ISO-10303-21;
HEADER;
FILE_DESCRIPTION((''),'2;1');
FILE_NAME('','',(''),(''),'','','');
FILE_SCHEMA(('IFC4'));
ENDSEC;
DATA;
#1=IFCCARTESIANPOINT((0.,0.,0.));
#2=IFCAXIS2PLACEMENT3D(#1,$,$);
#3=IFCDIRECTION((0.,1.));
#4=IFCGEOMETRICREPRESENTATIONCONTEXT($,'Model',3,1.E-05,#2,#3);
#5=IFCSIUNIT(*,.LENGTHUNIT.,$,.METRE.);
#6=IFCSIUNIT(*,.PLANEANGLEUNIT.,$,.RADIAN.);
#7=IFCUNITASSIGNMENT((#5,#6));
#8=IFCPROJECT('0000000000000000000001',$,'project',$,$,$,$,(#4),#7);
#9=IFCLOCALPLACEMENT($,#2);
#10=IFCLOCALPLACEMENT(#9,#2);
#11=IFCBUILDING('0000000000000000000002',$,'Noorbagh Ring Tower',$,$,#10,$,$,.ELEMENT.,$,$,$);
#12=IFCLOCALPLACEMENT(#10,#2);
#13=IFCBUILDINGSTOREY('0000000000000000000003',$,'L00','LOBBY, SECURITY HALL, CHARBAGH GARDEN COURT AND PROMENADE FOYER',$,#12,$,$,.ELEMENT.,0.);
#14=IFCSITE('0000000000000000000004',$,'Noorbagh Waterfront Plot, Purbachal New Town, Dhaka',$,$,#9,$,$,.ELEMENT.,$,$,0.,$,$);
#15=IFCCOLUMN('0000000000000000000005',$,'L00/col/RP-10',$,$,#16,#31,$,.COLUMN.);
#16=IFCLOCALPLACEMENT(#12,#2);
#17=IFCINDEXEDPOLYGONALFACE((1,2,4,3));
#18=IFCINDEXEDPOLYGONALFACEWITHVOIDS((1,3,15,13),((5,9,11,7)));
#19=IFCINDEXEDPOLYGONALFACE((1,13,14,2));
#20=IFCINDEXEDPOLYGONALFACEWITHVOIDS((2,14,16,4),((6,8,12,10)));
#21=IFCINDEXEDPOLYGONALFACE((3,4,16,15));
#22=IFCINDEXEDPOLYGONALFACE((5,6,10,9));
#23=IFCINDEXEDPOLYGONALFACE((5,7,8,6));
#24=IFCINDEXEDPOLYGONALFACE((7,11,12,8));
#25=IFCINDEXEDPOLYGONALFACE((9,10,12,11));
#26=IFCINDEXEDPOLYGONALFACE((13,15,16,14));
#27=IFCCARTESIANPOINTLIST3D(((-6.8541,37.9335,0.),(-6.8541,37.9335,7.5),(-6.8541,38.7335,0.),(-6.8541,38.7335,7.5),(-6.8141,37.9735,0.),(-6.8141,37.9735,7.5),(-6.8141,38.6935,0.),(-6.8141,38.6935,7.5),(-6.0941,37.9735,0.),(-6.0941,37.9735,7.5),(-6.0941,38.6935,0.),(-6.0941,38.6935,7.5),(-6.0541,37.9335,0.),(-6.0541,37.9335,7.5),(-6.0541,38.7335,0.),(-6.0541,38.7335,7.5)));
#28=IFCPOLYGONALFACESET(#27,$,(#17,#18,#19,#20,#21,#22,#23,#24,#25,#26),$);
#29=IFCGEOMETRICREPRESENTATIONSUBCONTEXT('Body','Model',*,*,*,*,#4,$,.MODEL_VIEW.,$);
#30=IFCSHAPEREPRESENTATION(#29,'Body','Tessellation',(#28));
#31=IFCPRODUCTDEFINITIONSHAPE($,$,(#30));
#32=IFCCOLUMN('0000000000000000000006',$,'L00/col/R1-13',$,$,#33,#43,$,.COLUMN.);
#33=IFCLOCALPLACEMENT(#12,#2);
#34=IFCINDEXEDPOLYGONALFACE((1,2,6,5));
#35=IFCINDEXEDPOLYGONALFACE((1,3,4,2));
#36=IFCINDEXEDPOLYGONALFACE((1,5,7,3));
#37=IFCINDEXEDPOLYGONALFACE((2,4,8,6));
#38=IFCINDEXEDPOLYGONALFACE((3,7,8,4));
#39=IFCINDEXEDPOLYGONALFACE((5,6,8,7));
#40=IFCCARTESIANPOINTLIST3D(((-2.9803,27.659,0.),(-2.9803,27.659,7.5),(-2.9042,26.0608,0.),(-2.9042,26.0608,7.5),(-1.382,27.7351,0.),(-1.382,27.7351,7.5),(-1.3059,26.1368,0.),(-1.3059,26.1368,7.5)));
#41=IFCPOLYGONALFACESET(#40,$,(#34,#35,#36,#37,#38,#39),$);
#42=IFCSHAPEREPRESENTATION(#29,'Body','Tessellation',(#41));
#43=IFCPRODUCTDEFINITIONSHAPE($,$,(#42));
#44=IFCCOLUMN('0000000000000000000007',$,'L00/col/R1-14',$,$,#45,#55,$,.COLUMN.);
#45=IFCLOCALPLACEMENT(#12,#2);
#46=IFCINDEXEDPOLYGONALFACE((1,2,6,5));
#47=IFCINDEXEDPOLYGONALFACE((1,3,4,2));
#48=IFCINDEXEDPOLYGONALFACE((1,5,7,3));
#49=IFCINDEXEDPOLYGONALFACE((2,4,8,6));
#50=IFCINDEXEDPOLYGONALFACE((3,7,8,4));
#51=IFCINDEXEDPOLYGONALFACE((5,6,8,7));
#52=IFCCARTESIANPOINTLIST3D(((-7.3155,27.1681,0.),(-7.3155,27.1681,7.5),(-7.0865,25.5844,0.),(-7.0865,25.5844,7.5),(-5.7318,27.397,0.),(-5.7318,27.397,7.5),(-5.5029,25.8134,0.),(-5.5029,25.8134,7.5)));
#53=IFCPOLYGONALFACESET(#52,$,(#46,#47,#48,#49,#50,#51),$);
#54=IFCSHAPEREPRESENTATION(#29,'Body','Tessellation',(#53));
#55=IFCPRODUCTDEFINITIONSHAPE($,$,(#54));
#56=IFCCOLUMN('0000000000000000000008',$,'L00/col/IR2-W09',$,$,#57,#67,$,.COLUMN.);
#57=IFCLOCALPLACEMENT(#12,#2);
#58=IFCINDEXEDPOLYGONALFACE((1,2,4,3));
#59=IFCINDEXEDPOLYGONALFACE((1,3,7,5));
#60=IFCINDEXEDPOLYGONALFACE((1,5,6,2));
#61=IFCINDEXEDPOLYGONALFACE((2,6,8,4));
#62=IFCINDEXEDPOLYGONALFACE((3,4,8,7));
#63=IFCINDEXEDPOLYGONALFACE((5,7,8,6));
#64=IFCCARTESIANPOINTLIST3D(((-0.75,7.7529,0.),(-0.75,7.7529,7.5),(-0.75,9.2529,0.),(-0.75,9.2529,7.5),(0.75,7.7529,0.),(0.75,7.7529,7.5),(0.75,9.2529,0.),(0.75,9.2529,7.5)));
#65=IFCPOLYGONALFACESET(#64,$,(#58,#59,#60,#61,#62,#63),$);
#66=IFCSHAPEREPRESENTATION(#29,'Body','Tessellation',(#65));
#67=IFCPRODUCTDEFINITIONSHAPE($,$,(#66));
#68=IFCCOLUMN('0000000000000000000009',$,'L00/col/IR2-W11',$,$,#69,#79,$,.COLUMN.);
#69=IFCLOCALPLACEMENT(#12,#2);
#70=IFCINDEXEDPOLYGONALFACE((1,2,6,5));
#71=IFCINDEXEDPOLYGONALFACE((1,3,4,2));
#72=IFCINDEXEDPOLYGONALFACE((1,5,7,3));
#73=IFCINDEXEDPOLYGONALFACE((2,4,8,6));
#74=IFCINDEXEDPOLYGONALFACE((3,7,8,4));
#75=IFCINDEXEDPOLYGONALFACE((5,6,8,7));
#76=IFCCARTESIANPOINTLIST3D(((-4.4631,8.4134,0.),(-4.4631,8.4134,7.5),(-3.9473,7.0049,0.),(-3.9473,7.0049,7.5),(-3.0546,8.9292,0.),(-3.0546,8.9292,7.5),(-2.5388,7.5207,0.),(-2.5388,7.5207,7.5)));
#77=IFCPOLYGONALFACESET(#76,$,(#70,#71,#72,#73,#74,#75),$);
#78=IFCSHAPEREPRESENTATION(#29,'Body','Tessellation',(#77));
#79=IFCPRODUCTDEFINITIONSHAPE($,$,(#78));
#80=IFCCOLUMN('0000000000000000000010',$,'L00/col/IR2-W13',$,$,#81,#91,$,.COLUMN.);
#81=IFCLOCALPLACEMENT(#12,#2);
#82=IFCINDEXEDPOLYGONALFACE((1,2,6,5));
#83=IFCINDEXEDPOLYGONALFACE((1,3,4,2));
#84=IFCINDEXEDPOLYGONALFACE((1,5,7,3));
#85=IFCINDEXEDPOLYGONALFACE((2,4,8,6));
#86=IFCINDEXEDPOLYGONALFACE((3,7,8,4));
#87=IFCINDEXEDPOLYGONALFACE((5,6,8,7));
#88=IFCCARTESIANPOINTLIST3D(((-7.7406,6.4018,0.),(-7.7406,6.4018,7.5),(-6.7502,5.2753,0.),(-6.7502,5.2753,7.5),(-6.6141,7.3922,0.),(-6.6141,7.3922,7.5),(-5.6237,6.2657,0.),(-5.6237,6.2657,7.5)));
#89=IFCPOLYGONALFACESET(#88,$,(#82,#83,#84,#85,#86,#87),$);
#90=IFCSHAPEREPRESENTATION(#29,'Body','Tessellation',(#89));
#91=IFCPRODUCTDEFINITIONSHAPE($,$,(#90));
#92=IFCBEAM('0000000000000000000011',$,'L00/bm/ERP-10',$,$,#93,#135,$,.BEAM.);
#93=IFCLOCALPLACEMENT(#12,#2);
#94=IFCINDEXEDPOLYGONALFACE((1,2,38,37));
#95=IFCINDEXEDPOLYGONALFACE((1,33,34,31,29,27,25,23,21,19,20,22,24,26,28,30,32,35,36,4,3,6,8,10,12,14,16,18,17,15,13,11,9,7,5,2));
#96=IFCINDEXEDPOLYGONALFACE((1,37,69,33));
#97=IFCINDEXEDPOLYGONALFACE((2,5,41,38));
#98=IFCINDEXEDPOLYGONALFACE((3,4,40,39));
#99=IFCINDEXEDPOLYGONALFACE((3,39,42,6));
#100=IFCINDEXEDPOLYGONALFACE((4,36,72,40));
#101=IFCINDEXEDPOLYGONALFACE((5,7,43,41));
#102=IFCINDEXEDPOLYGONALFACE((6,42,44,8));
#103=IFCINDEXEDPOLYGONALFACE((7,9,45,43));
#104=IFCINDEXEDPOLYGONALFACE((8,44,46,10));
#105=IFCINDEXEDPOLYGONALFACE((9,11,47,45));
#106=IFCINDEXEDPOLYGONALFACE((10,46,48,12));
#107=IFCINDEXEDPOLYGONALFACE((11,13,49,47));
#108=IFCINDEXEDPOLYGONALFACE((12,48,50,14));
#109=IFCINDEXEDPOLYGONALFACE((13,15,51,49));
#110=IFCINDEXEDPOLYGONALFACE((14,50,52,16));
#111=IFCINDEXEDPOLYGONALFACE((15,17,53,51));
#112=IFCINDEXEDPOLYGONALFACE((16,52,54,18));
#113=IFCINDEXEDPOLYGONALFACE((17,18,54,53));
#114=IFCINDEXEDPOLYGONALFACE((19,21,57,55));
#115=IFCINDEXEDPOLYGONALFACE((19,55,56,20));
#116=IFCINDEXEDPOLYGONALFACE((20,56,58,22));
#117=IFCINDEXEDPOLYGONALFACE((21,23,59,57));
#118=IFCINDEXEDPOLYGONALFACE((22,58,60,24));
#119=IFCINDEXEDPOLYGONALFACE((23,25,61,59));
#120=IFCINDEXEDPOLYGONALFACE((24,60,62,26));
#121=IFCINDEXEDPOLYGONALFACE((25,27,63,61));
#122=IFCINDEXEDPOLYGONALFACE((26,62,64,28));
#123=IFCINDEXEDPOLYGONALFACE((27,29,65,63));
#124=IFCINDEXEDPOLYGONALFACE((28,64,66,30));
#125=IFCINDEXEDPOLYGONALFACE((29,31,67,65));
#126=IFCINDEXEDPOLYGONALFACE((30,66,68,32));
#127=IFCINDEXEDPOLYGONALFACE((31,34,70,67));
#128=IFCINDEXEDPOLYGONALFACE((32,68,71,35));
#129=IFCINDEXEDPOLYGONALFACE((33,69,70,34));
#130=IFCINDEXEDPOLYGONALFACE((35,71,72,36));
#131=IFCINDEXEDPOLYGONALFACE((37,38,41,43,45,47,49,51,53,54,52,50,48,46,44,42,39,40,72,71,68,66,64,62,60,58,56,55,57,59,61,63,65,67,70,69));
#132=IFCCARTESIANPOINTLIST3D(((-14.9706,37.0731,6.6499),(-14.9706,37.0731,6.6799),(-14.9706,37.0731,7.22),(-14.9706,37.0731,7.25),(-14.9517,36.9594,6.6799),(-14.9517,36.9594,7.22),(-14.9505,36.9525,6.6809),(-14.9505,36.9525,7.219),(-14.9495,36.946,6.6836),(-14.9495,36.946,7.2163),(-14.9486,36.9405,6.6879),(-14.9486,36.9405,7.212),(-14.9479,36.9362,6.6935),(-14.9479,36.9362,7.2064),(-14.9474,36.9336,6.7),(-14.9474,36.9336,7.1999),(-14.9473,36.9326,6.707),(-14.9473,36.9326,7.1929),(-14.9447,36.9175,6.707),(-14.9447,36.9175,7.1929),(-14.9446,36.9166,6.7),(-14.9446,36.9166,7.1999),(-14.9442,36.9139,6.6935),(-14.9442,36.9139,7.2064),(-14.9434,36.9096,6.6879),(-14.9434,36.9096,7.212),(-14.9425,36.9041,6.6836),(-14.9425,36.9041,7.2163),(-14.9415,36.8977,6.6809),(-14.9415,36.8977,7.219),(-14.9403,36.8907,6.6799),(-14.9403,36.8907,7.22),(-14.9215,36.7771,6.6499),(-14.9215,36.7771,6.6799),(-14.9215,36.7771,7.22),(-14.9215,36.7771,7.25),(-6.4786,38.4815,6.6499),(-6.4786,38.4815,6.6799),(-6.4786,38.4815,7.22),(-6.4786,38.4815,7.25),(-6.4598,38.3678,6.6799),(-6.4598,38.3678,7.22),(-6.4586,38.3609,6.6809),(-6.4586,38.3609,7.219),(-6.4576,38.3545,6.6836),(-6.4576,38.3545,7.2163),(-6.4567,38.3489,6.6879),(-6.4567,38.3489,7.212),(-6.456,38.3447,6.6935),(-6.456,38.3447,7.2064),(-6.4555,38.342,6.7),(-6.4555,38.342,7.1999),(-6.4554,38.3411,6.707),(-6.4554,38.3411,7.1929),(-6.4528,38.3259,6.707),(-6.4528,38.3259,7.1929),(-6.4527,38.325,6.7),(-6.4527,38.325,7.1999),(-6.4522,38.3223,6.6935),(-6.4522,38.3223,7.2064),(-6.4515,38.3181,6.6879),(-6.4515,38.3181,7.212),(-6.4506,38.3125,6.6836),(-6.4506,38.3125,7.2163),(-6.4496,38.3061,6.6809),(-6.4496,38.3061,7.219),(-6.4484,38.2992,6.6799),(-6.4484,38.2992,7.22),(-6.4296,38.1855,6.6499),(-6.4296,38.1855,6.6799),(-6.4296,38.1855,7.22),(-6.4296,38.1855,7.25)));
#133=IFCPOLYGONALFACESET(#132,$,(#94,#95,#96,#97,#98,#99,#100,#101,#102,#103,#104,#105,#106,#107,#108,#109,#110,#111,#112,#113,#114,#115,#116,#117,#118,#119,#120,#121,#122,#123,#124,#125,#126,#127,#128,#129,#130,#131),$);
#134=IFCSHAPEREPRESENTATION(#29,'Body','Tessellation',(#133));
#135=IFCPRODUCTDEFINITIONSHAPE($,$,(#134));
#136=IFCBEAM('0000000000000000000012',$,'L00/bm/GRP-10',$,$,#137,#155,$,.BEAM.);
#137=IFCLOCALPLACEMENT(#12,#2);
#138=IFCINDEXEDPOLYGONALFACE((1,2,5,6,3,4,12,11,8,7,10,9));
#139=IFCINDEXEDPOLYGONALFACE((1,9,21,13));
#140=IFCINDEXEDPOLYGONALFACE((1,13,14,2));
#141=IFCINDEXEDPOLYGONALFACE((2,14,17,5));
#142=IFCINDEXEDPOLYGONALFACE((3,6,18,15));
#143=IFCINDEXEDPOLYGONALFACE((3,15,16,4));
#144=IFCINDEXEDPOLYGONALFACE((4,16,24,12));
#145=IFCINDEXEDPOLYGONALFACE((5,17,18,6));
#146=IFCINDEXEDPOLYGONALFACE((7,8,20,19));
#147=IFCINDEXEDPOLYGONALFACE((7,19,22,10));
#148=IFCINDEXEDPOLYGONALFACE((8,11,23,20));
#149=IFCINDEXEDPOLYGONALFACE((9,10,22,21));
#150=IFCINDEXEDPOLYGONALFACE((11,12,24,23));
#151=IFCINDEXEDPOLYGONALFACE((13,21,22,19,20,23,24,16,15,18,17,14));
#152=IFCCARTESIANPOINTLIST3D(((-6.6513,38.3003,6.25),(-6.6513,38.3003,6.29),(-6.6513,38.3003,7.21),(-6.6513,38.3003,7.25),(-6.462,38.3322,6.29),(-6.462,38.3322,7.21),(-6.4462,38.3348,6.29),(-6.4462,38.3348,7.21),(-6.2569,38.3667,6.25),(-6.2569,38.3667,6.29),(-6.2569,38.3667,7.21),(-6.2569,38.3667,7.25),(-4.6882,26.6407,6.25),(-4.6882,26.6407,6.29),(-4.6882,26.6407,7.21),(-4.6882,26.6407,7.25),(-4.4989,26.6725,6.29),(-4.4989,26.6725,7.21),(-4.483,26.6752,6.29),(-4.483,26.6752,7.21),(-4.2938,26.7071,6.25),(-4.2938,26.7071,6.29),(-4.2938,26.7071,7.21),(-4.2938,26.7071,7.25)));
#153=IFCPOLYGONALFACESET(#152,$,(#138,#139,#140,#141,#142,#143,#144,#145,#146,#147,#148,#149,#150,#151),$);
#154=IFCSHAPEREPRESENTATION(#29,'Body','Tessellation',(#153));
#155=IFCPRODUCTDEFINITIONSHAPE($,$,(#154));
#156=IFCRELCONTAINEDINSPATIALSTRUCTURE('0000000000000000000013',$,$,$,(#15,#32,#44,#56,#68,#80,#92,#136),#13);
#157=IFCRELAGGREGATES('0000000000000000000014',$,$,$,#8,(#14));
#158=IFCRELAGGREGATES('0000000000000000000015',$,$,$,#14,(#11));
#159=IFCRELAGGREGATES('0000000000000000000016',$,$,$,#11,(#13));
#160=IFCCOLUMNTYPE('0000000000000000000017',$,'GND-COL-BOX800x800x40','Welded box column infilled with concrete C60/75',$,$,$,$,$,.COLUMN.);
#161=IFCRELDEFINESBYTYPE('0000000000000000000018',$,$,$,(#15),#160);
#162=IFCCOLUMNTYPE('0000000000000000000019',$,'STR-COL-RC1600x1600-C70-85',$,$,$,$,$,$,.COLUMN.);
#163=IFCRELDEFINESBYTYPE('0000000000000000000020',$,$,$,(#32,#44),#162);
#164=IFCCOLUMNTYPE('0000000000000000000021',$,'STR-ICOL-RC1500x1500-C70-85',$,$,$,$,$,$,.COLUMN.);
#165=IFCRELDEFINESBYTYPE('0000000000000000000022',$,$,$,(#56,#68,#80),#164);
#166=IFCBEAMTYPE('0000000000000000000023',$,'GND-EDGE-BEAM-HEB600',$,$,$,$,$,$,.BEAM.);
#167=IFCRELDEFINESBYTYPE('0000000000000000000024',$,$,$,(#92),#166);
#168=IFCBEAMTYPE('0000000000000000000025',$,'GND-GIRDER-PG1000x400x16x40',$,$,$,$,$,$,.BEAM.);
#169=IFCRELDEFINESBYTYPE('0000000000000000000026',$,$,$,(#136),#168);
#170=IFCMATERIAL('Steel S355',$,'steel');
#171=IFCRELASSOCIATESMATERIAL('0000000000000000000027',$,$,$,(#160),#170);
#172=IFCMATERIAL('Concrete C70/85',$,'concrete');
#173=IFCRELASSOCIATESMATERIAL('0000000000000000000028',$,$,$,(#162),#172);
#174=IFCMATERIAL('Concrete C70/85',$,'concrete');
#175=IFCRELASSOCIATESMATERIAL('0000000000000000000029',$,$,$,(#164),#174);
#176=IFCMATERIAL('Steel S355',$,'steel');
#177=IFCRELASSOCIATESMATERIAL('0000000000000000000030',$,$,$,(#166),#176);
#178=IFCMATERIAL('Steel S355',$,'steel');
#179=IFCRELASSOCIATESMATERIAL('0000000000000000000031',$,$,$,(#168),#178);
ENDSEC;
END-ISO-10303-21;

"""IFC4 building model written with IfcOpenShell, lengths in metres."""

from ifc_helpers import new_model, si_unit, direction, frame, origin, origin_2d, place, context, subcontext, project, spatial, rectangle, hollow_rectangle, i_section, extrude, material, material_profile, profile_set, type_object, element, save


model = new_model("IFC4")

# Units and contexts
model_context = context("Model", 3, precision=1e-05, world=origin(), true_north=direction((0.0, 1.0)))
body_context = subcontext(model_context, "Body", "Model", "MODEL_VIEW")
ifc_project = project(units=[si_unit("LENGTHUNIT", "METRE"), si_unit("PLANEANGLEUNIT", "RADIAN")], contexts=[model_context])

# Site, building, storey
site_placement = place(None, origin())
site = spatial("IfcSite", under=ifc_project, at=site_placement, Name="Noorbagh Waterfront Plot, Purbachal New Town, Dhaka", CompositionType="ELEMENT", RefElevation=0.0)
building_placement = place(site_placement, origin())
building = spatial("IfcBuilding", under=site, at=building_placement, Name="Noorbagh Ring Tower", CompositionType="ELEMENT")
storey_placement = place(building_placement, origin())
storey = spatial("IfcBuildingStorey", under=building, at=storey_placement, Name="L00", Description="LOBBY, SECURITY HALL, CHARBAGH GARDEN COURT AND PROMENADE FOYER", CompositionType="ELEMENT", Elevation=0.0)

# Columns
ifc_material_1 = material(Name="Steel S355", Category="steel")
ifc_material_profile_1 = material_profile(ifc_material_1, hollow_rectangle(XDim=0.8, YDim=0.8, WallThickness=0.04, at=origin_2d()), Name="BOX800x800x40")
ifc_profile_set_1 = profile_set([ifc_material_profile_1], Name="Steel S355")
column_type_1 = type_object("IfcColumnType", Name="GND-COL-BOX800x800x40", Description="Welded box column infilled with concrete C60/75", PredefinedType="COLUMN", material=ifc_profile_set_1)
column_placement = place(storey_placement, frame((-6.4541, 38.3335, 0.0), z_axis=(0.0, 0.0, 1.0), x_axis=(1.0, 0.0, 0.0)))
element("IfcColumn", 1, at=column_placement, inside=storey, type_object=column_type_1, Name="L00/col/RP-10", PredefinedType="COLUMN", context=body_context, shape_type="SweptSolid", body=[
    extrude(hollow_rectangle(XDim=0.8, YDim=0.8, WallThickness=0.04, at=origin_2d()), origin(), (0.0, 0.0, 1.0), 7.5),
])
ifc_material_2 = material(Name="Concrete C70/85", Category="concrete")
ifc_material_profile_2 = material_profile(ifc_material_2, rectangle(XDim=1.6001, YDim=1.6001, at=origin_2d()), Name="RC1600x1600")
ifc_profile_set_2 = profile_set([ifc_material_profile_2], Name="Concrete C70/85")
column_type_2 = type_object("IfcColumnType", Name="STR-COL-RC1600x1600-C70-85", PredefinedType="COLUMN", material=ifc_profile_set_2)
for number, where, z_axis, x_axis, name in (
    (2, (-2.1431, 26.8979, 0.0), (0.0, 0.0, 1.0), (-0.998869, -0.047553, 0.0), "L00/col/R1-13"),
    (3, (-6.4092, 26.4907, 0.0), (0.0, 0.0, 1.0), (-0.989713, -0.143066, 0.0), "L00/col/R1-14"),
):
    element("IfcColumn", number, at=place(storey_placement, frame(where, z_axis=z_axis, x_axis=x_axis)), inside=storey, type_object=column_type_2, Name=name, PredefinedType="COLUMN", context=body_context, shape_type="SweptSolid", body=[
        extrude(rectangle(XDim=1.6001, YDim=1.6001, at=origin_2d()), origin(), (0.0, 0.0, 1.0), 7.5),
    ])
ifc_material_3 = material(Name="Concrete C70/85", Category="concrete")
ifc_material_profile_3 = material_profile(ifc_material_3, rectangle(XDim=1.5, YDim=1.5, at=origin_2d()), Name="RC1500x1500")
ifc_profile_set_3 = profile_set([ifc_material_profile_3], Name="Concrete C70/85")
column_type_3 = type_object("IfcColumnType", Name="STR-ICOL-RC1500x1500-C70-85", PredefinedType="COLUMN", material=ifc_profile_set_3)
for number, where, z_axis, x_axis, name in (
    (4, (0.0, 8.5029, 0.0), (0.0, 0.0, 1.0), (-1.0, 0.0, 0.0), "L00/col/IR2-W09"),
    (5, (-3.501, 7.967, 0.0), (0.0, 0.0, 1.0), (-0.93902, -0.343864, 0.0), "L00/col/IR2-W11"),
    (6, (-6.6821, 6.3337, 0.0), (0.0, 0.0, 1.0), (-0.751022, -0.660277, 0.0), "L00/col/IR2-W13"),
):
    element("IfcColumn", number, at=place(storey_placement, frame(where, z_axis=z_axis, x_axis=x_axis)), inside=storey, type_object=column_type_3, Name=name, PredefinedType="COLUMN", context=body_context, shape_type="SweptSolid", body=[
        extrude(rectangle(XDim=1.5, YDim=1.5, at=origin_2d()), origin(), (0.0, 0.0, 1.0), 7.5),
    ])

# Beams
ifc_material_4 = material(Name="Steel S355", Category="steel")
ifc_material_profile_4 = material_profile(ifc_material_4, i_section(OverallWidth=0.3, OverallDepth=0.6001, WebThickness=0.0154, FlangeThickness=0.03, FilletRadius=0.0271, at=origin_2d()), Name="HEB600")
ifc_profile_set_4 = profile_set([ifc_material_profile_4], Name="Steel S355")
beam_type_1 = type_object("IfcBeamType", Name="GND-EDGE-BEAM-HEB600", PredefinedType="BEAM", material=ifc_profile_set_4)
beam_1_placement = place(storey_placement, frame((-6.4541, 38.3335, 6.95), z_axis=(-0.986523, -0.163622, 0.0), x_axis=(0.163622, -0.986523, 0.0)))
element("IfcBeam", 7, at=beam_1_placement, inside=storey, type_object=beam_type_1, Name="L00/bm/ERP-10", PredefinedType="BEAM", context=body_context, shape_type="SweptSolid", body=[
    extrude(i_section(OverallWidth=0.3, OverallDepth=0.6001, WebThickness=0.0154, FlangeThickness=0.03, FilletRadius=0.0271, at=origin_2d()), origin(), (0.0, 0.0, 1.0), 8.6079),
])
ifc_material_5 = material(Name="Steel S355", Category="steel")
ifc_material_profile_5 = material_profile(ifc_material_5, i_section(OverallWidth=0.3999, OverallDepth=1.0, WebThickness=0.0161, FlangeThickness=0.04, at=origin_2d()), Name="PG1000x400x16x40")
ifc_profile_set_5 = profile_set([ifc_material_profile_5], Name="Steel S355")
beam_type_2 = type_object("IfcBeamType", Name="GND-GIRDER-PG1000x400x16x40", PredefinedType="BEAM", material=ifc_profile_set_5)
beam_2_placement = place(storey_placement, frame((-6.4541, 38.3335, 6.75), z_axis=(0.166033, -0.98612, 0.0), x_axis=(0.98612, 0.166033, 0.0)))
element("IfcBeam", 8, at=beam_2_placement, inside=storey, type_object=beam_type_2, Name="L00/bm/GRP-10", PredefinedType="BEAM", context=body_context, shape_type="SweptSolid", body=[
    extrude(i_section(OverallWidth=0.3999, OverallDepth=1.0, WebThickness=0.0161, FlangeThickness=0.04, at=origin_2d()), origin(), (0.0, 0.0, 1.0), 11.8237),
])

save(model, "model.ifc")
